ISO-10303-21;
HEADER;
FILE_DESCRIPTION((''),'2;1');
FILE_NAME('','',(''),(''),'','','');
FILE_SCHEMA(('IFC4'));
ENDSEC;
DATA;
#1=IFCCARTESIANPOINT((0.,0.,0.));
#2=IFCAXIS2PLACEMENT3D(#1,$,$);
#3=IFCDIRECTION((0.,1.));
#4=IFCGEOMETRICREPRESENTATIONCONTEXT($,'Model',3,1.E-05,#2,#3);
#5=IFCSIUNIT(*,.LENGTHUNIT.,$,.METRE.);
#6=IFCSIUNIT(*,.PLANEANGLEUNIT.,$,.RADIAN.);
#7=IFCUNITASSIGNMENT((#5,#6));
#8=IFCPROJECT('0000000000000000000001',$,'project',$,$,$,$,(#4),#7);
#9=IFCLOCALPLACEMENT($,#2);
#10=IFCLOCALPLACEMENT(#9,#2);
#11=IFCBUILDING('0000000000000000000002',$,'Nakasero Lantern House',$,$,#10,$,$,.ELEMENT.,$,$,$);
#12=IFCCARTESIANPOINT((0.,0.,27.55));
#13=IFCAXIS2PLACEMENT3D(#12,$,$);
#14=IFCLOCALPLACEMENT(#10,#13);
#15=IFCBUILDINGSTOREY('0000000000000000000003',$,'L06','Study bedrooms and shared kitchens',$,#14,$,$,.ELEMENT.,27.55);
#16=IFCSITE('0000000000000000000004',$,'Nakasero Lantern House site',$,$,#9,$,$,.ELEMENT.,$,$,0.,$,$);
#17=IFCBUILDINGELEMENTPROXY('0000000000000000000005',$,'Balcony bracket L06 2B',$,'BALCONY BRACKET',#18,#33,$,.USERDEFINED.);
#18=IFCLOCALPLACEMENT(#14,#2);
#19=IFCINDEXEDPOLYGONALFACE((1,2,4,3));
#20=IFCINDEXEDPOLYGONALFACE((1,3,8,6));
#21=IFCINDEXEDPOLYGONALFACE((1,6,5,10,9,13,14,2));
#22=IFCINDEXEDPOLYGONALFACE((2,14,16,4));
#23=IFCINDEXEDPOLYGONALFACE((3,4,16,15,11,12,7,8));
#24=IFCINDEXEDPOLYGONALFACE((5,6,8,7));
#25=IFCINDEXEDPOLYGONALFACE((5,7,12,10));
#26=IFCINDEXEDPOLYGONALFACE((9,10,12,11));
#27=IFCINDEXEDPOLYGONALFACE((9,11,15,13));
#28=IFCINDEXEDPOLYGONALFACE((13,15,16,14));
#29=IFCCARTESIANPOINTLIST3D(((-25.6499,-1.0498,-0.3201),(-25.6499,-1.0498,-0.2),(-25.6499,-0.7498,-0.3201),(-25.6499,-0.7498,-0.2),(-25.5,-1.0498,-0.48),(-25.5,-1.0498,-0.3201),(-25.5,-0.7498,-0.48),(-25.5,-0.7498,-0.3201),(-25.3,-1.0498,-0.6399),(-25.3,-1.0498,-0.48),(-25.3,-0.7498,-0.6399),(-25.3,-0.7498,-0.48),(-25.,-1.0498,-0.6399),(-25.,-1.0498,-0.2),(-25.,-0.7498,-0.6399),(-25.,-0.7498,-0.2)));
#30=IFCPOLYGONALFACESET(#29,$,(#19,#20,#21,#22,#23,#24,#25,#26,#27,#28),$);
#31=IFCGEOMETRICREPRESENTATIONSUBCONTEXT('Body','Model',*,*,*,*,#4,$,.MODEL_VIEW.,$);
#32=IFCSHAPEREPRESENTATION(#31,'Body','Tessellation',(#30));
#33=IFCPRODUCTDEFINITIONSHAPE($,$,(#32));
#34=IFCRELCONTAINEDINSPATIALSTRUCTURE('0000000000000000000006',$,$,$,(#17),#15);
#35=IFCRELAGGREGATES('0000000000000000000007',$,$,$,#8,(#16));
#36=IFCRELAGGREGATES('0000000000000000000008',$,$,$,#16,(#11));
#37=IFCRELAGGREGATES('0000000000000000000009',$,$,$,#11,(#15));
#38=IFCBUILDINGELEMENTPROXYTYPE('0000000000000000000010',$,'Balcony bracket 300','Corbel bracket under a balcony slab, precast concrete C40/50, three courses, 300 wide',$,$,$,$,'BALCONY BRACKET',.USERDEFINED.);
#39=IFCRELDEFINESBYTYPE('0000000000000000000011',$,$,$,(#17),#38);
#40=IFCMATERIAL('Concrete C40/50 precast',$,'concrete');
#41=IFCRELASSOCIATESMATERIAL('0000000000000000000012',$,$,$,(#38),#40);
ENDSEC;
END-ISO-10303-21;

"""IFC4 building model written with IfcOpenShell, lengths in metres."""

from ifc_helpers import new_model, si_unit, direction, frame, origin, place, context, subcontext, project, spatial, polyline, outline, extrude, material, type_object, element, save


model = new_model("IFC4")

# Units and contexts
model_context = context("Model", 3, precision=1e-05, world=origin(), true_north=direction((0.0, 1.0)))
body_context = subcontext(model_context, "Body", "Model", "MODEL_VIEW")
ifc_project = project(units=[si_unit("LENGTHUNIT", "METRE"), si_unit("PLANEANGLEUNIT", "RADIAN")], contexts=[model_context])

# Site, building, storey
site_placement = place(None, origin())
site = spatial("IfcSite", under=ifc_project, at=site_placement, Name="Nakasero Lantern House site", CompositionType="ELEMENT", RefElevation=0.0)
building_placement = place(site_placement, origin())
building = spatial("IfcBuilding", under=site, at=building_placement, Name="Nakasero Lantern House", CompositionType="ELEMENT")
storey_placement = place(building_placement, frame((0.0, 0.0, 27.55)))
storey = spatial("IfcBuildingStorey", under=building, at=storey_placement, Name="L06", Description="Study bedrooms and shared kitchens", CompositionType="ELEMENT", Elevation=27.55)

# Building element proxy
ifc_material_1 = material(Name="Concrete C40/50 precast", Category="concrete")
building_element_proxy_type = type_object("IfcBuildingElementProxyType", Name="Balcony bracket 300", Description="Corbel bracket under a balcony slab, precast concrete C40/50, three courses, 300 wide", ElementType="BALCONY BRACKET", PredefinedType="USERDEFINED", material=ifc_material_1)
proxy_placement = place(storey_placement, frame((-25.0, -0.8999, -0.2), z_axis=(0.0, 0.0, 1.0), x_axis=(-1.0, 0.0, 0.0)))
element("IfcBuildingElementProxy", 1, at=proxy_placement, inside=storey, type_object=building_element_proxy_type, Name="Balcony bracket L06 2B", ObjectType="BALCONY BRACKET", PredefinedType="USERDEFINED", context=body_context, shape_type="SweptSolid", body=[
    extrude(outline(polyline([(0.0, 0.0), (0.6499, 0.0), (0.6499, -0.1201), (0.5, -0.1201), (0.5, -0.28), (0.3, -0.28), (0.3, -0.4399), (0.0, -0.4399), (0.0, 0.0)])), frame((0.0, 0.1499, 0.0), z_axis=(0.0, -1.0, 0.0), x_axis=(1.0, 0.0, 0.0)), (0.0, 0.0, 1.0), 0.3),
])

save(model, "model.ifc")
